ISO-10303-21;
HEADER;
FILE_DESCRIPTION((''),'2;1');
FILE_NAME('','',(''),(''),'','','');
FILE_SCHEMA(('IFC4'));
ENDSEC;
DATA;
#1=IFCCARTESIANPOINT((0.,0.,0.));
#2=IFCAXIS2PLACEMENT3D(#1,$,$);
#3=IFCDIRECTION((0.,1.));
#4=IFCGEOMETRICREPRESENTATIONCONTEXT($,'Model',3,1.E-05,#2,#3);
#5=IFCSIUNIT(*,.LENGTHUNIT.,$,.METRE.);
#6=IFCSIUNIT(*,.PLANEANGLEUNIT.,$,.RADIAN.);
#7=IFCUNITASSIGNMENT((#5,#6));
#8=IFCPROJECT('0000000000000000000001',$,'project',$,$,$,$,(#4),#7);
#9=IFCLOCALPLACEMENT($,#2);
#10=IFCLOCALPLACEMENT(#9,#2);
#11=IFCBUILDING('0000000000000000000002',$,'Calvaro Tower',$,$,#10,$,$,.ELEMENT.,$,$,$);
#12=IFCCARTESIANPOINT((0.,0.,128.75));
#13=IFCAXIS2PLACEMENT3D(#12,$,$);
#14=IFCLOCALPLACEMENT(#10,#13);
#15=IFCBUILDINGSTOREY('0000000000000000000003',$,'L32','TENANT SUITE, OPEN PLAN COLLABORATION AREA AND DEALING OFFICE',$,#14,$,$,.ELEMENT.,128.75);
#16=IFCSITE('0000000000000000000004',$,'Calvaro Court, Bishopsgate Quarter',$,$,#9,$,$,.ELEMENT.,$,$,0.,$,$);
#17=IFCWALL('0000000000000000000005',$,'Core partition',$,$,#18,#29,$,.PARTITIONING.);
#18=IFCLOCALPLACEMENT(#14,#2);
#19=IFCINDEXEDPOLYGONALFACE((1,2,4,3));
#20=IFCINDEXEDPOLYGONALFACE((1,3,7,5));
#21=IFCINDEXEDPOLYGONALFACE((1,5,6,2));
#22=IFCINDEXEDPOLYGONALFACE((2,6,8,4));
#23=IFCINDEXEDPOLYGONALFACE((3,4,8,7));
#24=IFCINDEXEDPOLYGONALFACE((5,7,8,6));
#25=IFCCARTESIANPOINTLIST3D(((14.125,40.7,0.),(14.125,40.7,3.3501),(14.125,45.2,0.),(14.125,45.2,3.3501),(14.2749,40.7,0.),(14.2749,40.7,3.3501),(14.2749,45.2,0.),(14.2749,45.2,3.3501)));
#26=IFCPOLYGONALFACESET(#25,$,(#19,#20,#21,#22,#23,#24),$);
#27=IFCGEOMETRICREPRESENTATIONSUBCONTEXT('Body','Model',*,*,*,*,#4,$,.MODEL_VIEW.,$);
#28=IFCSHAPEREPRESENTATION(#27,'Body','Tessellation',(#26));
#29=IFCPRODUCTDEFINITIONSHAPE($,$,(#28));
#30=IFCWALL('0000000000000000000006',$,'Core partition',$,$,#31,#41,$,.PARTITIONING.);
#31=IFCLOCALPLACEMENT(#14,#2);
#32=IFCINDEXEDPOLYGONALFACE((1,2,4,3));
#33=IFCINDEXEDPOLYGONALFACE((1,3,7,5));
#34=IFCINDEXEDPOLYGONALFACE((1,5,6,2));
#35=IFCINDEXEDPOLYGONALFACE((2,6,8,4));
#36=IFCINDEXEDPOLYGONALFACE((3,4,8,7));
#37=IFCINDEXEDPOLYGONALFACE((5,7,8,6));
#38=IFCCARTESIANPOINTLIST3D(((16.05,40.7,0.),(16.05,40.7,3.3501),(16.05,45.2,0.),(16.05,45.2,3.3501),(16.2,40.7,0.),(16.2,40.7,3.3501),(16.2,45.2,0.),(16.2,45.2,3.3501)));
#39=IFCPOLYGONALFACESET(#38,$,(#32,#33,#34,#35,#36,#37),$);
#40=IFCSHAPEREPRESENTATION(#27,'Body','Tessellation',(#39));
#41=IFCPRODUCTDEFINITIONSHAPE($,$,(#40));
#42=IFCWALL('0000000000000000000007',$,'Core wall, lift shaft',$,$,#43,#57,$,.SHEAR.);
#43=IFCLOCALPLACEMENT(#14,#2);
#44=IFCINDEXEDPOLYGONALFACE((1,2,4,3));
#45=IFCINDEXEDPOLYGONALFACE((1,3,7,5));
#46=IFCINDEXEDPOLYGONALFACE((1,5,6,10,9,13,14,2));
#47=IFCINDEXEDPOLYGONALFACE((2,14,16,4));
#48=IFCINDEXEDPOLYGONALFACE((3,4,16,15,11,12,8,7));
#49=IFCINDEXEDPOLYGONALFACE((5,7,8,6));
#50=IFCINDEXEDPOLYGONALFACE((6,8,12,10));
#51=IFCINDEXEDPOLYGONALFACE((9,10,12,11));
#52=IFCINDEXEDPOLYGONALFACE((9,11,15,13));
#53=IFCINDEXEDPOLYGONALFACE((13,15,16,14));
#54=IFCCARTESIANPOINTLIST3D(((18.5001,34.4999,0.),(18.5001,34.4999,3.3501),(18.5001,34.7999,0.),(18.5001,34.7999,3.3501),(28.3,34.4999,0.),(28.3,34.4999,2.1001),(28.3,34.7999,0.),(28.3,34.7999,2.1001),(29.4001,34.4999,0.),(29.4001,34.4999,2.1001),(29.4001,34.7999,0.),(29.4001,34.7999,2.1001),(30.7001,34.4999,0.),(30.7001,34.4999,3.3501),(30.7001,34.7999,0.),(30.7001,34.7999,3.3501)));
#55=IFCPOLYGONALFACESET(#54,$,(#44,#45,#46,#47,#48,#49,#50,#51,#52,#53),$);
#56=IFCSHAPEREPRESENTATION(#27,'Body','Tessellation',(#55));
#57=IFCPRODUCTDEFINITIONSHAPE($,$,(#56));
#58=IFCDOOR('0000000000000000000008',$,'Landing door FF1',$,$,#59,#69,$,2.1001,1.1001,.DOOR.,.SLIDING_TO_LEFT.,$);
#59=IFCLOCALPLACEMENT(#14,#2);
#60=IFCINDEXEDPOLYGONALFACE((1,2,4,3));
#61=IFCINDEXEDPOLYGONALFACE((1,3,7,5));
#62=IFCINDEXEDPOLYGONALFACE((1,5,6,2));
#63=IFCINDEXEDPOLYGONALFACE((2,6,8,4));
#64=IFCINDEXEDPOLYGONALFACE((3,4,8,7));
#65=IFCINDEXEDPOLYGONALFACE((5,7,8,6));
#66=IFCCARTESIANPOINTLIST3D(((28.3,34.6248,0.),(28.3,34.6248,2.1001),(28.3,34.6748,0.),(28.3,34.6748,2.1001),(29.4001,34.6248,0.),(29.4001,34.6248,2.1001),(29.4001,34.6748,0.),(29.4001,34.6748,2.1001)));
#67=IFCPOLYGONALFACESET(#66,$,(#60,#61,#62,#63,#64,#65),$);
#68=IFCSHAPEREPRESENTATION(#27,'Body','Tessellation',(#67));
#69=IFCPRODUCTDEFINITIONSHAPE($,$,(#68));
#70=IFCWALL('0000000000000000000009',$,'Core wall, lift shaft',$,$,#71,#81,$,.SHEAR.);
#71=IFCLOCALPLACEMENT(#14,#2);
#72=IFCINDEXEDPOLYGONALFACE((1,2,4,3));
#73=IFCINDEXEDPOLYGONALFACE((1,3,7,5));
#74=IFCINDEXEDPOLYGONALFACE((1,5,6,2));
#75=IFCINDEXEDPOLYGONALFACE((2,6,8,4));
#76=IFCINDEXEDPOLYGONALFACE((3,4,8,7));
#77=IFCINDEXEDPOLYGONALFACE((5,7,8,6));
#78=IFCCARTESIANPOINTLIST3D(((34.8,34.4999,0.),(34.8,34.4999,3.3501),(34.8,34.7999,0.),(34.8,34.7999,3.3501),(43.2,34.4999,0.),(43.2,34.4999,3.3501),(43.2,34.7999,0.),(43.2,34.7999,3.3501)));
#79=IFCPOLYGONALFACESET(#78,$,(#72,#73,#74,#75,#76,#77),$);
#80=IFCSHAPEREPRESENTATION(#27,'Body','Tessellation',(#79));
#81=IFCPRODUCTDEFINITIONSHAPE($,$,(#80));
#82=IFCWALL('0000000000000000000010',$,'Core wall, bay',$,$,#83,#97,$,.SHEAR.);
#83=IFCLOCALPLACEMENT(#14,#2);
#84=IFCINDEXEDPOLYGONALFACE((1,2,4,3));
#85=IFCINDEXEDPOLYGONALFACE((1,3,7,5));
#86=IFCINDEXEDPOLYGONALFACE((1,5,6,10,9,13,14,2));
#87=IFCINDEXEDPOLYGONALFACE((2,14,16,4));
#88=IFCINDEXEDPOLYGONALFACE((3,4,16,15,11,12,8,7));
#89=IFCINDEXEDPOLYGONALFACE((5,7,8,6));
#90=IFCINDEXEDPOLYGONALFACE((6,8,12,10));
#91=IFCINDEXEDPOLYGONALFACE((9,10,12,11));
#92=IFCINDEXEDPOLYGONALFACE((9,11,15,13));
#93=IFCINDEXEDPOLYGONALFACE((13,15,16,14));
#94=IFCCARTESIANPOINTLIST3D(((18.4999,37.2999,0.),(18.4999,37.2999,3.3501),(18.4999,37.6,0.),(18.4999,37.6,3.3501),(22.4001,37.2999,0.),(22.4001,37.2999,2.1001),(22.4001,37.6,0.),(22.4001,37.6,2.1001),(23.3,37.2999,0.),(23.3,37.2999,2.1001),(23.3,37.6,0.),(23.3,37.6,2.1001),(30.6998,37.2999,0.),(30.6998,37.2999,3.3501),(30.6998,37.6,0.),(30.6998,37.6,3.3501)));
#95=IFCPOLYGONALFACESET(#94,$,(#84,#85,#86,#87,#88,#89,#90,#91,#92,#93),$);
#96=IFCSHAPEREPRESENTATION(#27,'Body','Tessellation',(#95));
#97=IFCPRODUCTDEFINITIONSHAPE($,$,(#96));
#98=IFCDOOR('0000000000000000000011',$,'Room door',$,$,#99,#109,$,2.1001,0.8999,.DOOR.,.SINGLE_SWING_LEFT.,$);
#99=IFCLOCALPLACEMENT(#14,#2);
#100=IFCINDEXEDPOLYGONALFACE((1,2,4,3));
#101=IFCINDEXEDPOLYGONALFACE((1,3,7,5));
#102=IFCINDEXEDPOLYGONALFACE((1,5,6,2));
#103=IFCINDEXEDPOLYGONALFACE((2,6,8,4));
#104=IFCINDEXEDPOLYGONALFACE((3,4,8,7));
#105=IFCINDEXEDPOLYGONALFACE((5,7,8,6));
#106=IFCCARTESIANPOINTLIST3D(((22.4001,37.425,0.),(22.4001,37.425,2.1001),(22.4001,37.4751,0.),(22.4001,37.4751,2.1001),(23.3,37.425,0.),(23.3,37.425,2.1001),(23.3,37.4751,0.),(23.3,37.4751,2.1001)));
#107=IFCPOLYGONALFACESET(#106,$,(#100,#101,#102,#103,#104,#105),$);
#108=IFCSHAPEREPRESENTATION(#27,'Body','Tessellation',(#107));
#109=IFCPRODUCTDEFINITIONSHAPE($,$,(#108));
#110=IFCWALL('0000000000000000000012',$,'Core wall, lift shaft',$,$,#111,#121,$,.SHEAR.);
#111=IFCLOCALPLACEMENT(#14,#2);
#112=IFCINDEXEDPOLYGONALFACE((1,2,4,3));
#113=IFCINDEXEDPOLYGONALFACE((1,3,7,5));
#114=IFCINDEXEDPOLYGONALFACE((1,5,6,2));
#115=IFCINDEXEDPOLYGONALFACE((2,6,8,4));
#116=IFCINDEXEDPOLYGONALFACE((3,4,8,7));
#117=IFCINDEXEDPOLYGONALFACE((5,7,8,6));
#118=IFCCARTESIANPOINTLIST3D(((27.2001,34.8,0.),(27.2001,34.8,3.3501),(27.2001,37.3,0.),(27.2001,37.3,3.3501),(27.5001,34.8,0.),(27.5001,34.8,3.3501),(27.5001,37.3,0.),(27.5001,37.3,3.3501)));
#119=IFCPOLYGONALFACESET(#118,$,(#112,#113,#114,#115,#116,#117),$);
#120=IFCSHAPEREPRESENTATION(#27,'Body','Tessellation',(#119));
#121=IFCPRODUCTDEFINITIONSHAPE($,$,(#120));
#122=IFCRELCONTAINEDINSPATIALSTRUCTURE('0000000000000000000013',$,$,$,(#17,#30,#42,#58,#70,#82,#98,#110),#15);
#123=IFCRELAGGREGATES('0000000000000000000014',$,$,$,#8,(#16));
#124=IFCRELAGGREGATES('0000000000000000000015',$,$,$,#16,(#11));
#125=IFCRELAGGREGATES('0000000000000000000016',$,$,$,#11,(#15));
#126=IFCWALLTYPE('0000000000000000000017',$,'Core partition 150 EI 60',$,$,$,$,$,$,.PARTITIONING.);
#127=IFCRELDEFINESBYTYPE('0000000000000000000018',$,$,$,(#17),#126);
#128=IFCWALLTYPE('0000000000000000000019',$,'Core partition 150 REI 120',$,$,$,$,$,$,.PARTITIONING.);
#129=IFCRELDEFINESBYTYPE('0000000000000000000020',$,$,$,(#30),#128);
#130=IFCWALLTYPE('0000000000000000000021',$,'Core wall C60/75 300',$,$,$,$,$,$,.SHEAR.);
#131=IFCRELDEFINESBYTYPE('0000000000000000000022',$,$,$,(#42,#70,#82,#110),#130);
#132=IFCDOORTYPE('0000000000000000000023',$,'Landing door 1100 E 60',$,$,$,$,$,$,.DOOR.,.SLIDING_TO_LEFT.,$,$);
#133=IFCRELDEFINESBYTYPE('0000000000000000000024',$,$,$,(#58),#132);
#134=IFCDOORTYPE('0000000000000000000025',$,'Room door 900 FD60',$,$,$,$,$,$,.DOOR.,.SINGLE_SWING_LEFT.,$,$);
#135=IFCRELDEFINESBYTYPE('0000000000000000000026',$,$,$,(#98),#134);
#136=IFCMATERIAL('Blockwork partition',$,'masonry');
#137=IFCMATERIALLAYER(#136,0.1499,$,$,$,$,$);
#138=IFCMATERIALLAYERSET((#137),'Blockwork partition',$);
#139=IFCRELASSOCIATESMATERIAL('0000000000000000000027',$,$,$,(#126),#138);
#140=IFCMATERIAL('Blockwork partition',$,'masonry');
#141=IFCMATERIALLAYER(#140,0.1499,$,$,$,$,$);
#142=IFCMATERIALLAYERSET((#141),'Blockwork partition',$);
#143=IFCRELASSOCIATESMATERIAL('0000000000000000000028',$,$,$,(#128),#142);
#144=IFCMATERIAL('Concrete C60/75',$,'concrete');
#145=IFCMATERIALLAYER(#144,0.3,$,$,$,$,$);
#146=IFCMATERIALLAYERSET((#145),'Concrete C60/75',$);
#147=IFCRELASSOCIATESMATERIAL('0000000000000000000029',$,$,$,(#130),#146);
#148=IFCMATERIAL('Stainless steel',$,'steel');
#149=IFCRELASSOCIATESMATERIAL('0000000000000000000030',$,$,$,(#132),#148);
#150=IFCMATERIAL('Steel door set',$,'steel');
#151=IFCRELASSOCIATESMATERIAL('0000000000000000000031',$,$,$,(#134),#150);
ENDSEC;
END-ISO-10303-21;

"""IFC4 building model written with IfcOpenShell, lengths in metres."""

from ifc_helpers import new_model, si_unit, direction, frame, frame_2d, origin, place, context, subcontext, project, spatial, rectangle, extrude, material, layer, layer_set, type_object, element, fill, save


model = new_model("IFC4")

# Units and contexts
model_context = context("Model", 3, precision=1e-05, world=origin(), true_north=direction((0.0, 1.0)))
body_context = subcontext(model_context, "Body", "Model", "MODEL_VIEW")
ifc_project = project(units=[si_unit("LENGTHUNIT", "METRE"), si_unit("PLANEANGLEUNIT", "RADIAN")], contexts=[model_context])

# Site, building, storey
site_placement = place(None, origin())
site = spatial("IfcSite", under=ifc_project, at=site_placement, Name="Calvaro Court, Bishopsgate Quarter", CompositionType="ELEMENT", RefElevation=0.0)
building_placement = place(site_placement, origin())
building = spatial("IfcBuilding", under=site, at=building_placement, Name="Calvaro Tower", CompositionType="ELEMENT")
storey_placement = place(building_placement, frame((0.0, 0.0, 128.75)))
storey = spatial("IfcBuildingStorey", under=building, at=storey_placement, Name="L32", Description="TENANT SUITE, OPEN PLAN COLLABORATION AREA AND DEALING OFFICE", CompositionType="ELEMENT", Elevation=128.75)

# Walls
ifc_material_1 = material(Name="Blockwork partition", Category="masonry")
ifc_layer_1 = layer(ifc_material_1, 0.1499)
ifc_layer_set_1 = layer_set([ifc_layer_1], Name="Blockwork partition")
wall_type_1 = type_object("IfcWallType", Name="Core partition 150 EI 60", PredefinedType="PARTITIONING", material=ifc_layer_set_1)
wall_1_placement = place(storey_placement, frame((14.2, 40.7, 0.0), z_axis=(0.0, 0.0, 1.0), x_axis=(0.0, 1.0, 0.0)))
element("IfcWall", 1, at=wall_1_placement, inside=storey, type_object=wall_type_1, Name="Core partition", PredefinedType="PARTITIONING", context=body_context, shape_type="SweptSolid", body=[
    extrude(rectangle(XDim=4.5, YDim=0.1499, at=frame_2d((2.25, 0.0))), origin(), (0.0, 0.0, 1.0), 3.3501),
])
ifc_material_2 = material(Name="Blockwork partition", Category="masonry")
ifc_layer_2 = layer(ifc_material_2, 0.1499)
ifc_layer_set_2 = layer_set([ifc_layer_2], Name="Blockwork partition")
wall_type_2 = type_object("IfcWallType", Name="Core partition 150 REI 120", PredefinedType="PARTITIONING", material=ifc_layer_set_2)
wall_2_placement = place(storey_placement, frame((16.125, 40.7, 0.0), z_axis=(0.0, 0.0, 1.0), x_axis=(0.0, 1.0, 0.0)))
element("IfcWall", 2, at=wall_2_placement, inside=storey, type_object=wall_type_2, Name="Core partition", PredefinedType="PARTITIONING", context=body_context, shape_type="SweptSolid", body=[
    extrude(rectangle(XDim=4.5, YDim=0.1499, at=frame_2d((2.25, 0.0))), origin(), (0.0, 0.0, 1.0), 3.3501),
])

# Wall, opening, door
ifc_material_3 = material(Name="Concrete C60/75", Category="concrete")
ifc_layer_3 = layer(ifc_material_3, 0.3)
ifc_layer_set_3 = layer_set([ifc_layer_3], Name="Concrete C60/75")
wall_type_3 = type_object("IfcWallType", Name="Core wall C60/75 300", PredefinedType="SHEAR", material=ifc_layer_set_3)
wall_3_placement = place(storey_placement, frame((18.5, 34.6499, 0.0), z_axis=(0.0, 0.0, 1.0), x_axis=(1.0, 0.0, 0.0)))
wall_3 = element("IfcWall", 3, at=wall_3_placement, inside=storey, type_object=wall_type_3, Name="Core wall, lift shaft", PredefinedType="SHEAR", context=body_context, shape_type="SweptSolid", body=[
    extrude(rectangle(XDim=12.2, YDim=0.3, at=frame_2d((6.1001, 0.0))), origin(), (0.0, 0.0, 1.0), 3.3501),
])
opening_1_placement = place(wall_3_placement, frame((9.8, 0.0, 0.0)))
opening_1 = element("IfcOpeningElement", 4, at=opening_1_placement, cuts=wall_3, PredefinedType="OPENING", context=body_context, shape_type="SweptSolid", body=[
    extrude(rectangle(XDim=1.1001, YDim=2.1001, at=frame_2d((0.55, 1.05))), frame((0.0, 0.1599, 0.0), z_axis=(0.0, -1.0, 0.0), x_axis=(1.0, 0.0, 0.0)), (0.0, 0.0, 1.0), 0.3201),
])
ifc_material_4 = material(Name="Stainless steel", Category="steel")
door_type_1 = type_object("IfcDoorType", Name="Landing door 1100 E 60", OperationType="SLIDING_TO_LEFT", PredefinedType="DOOR", material=ifc_material_4)
door_1_placement = place(opening_1_placement, origin())
door_1 = element("IfcDoor", 5, at=door_1_placement, inside=storey, type_object=door_type_1, Name="Landing door FF1", OperationType="SLIDING_TO_LEFT", OverallHeight=2.1001, OverallWidth=1.1001, PredefinedType="DOOR", context=body_context, shape_type="SweptSolid", body=[
    extrude(rectangle(XDim=1.1001, YDim=2.1001, at=frame_2d((0.55, 1.05))), frame((0.0, 0.0249, 0.0), z_axis=(0.0, -1.0, 0.0), x_axis=(1.0, 0.0, 0.0)), (0.0, 0.0, 1.0), 0.05),
])
fill(opening_1, door_1)

# Wall
wall_4_placement = place(storey_placement, frame((34.8, 34.6499, 0.0), z_axis=(0.0, 0.0, 1.0), x_axis=(1.0, 0.0, 0.0)))
element("IfcWall", 6, at=wall_4_placement, inside=storey, type_object=wall_type_3, Name="Core wall, lift shaft", PredefinedType="SHEAR", context=body_context, shape_type="SweptSolid", body=[
    extrude(rectangle(XDim=8.3999, YDim=0.3, at=frame_2d((4.2, 0.0))), origin(), (0.0, 0.0, 1.0), 3.3501),
])

# Wall, opening, door
wall_5_placement = place(storey_placement, frame((30.7, 37.45, 0.0), z_axis=(0.0, 0.0, 1.0), x_axis=(-1.0, 0.0, 0.0)))
wall_5 = element("IfcWall", 7, at=wall_5_placement, inside=storey, type_object=wall_type_3, Name="Core wall, bay", PredefinedType="SHEAR", context=body_context, shape_type="SweptSolid", body=[
    extrude(rectangle(XDim=12.2, YDim=0.3, at=frame_2d((6.1001, 0.0))), origin(), (0.0, 0.0, 1.0), 3.3501),
])
opening_2_placement = place(wall_5_placement, frame((7.3999, 0.0, 0.0)))
opening_2 = element("IfcOpeningElement", 8, at=opening_2_placement, cuts=wall_5, PredefinedType="OPENING", context=body_context, shape_type="SweptSolid", body=[
    extrude(rectangle(XDim=0.8999, YDim=2.1001, at=frame_2d((0.45, 1.05))), frame((0.0, 0.1599, 0.0), z_axis=(0.0, -1.0, 0.0), x_axis=(1.0, 0.0, 0.0)), (0.0, 0.0, 1.0), 0.3201),
])
ifc_material_5 = material(Name="Steel door set", Category="steel")
door_type_2 = type_object("IfcDoorType", Name="Room door 900 FD60", OperationType="SINGLE_SWING_LEFT", PredefinedType="DOOR", material=ifc_material_5)
door_2_placement = place(opening_2_placement, origin())
door_2 = element("IfcDoor", 9, at=door_2_placement, inside=storey, type_object=door_type_2, Name="Room door", OperationType="SINGLE_SWING_LEFT", OverallHeight=2.1001, OverallWidth=0.8999, PredefinedType="DOOR", context=body_context, shape_type="SweptSolid", body=[
    extrude(rectangle(XDim=0.8999, YDim=2.1001, at=frame_2d((0.45, 1.05))), frame((0.0, 0.0249, 0.0), z_axis=(0.0, -1.0, 0.0), x_axis=(1.0, 0.0, 0.0)), (0.0, 0.0, 1.0), 0.05),
])
fill(opening_2, door_2)

# Wall
wall_6_placement = place(storey_placement, frame((27.3501, 34.8, 0.0), z_axis=(0.0, 0.0, 1.0), x_axis=(0.0, 1.0, 0.0)))
element("IfcWall", 10, at=wall_6_placement, inside=storey, type_object=wall_type_3, Name="Core wall, lift shaft", PredefinedType="SHEAR", context=body_context, shape_type="SweptSolid", body=[
    extrude(rectangle(XDim=2.5, YDim=0.3, at=frame_2d((1.25, 0.0))), origin(), (0.0, 0.0, 1.0), 3.3501),
])

save(model, "model.ifc")
